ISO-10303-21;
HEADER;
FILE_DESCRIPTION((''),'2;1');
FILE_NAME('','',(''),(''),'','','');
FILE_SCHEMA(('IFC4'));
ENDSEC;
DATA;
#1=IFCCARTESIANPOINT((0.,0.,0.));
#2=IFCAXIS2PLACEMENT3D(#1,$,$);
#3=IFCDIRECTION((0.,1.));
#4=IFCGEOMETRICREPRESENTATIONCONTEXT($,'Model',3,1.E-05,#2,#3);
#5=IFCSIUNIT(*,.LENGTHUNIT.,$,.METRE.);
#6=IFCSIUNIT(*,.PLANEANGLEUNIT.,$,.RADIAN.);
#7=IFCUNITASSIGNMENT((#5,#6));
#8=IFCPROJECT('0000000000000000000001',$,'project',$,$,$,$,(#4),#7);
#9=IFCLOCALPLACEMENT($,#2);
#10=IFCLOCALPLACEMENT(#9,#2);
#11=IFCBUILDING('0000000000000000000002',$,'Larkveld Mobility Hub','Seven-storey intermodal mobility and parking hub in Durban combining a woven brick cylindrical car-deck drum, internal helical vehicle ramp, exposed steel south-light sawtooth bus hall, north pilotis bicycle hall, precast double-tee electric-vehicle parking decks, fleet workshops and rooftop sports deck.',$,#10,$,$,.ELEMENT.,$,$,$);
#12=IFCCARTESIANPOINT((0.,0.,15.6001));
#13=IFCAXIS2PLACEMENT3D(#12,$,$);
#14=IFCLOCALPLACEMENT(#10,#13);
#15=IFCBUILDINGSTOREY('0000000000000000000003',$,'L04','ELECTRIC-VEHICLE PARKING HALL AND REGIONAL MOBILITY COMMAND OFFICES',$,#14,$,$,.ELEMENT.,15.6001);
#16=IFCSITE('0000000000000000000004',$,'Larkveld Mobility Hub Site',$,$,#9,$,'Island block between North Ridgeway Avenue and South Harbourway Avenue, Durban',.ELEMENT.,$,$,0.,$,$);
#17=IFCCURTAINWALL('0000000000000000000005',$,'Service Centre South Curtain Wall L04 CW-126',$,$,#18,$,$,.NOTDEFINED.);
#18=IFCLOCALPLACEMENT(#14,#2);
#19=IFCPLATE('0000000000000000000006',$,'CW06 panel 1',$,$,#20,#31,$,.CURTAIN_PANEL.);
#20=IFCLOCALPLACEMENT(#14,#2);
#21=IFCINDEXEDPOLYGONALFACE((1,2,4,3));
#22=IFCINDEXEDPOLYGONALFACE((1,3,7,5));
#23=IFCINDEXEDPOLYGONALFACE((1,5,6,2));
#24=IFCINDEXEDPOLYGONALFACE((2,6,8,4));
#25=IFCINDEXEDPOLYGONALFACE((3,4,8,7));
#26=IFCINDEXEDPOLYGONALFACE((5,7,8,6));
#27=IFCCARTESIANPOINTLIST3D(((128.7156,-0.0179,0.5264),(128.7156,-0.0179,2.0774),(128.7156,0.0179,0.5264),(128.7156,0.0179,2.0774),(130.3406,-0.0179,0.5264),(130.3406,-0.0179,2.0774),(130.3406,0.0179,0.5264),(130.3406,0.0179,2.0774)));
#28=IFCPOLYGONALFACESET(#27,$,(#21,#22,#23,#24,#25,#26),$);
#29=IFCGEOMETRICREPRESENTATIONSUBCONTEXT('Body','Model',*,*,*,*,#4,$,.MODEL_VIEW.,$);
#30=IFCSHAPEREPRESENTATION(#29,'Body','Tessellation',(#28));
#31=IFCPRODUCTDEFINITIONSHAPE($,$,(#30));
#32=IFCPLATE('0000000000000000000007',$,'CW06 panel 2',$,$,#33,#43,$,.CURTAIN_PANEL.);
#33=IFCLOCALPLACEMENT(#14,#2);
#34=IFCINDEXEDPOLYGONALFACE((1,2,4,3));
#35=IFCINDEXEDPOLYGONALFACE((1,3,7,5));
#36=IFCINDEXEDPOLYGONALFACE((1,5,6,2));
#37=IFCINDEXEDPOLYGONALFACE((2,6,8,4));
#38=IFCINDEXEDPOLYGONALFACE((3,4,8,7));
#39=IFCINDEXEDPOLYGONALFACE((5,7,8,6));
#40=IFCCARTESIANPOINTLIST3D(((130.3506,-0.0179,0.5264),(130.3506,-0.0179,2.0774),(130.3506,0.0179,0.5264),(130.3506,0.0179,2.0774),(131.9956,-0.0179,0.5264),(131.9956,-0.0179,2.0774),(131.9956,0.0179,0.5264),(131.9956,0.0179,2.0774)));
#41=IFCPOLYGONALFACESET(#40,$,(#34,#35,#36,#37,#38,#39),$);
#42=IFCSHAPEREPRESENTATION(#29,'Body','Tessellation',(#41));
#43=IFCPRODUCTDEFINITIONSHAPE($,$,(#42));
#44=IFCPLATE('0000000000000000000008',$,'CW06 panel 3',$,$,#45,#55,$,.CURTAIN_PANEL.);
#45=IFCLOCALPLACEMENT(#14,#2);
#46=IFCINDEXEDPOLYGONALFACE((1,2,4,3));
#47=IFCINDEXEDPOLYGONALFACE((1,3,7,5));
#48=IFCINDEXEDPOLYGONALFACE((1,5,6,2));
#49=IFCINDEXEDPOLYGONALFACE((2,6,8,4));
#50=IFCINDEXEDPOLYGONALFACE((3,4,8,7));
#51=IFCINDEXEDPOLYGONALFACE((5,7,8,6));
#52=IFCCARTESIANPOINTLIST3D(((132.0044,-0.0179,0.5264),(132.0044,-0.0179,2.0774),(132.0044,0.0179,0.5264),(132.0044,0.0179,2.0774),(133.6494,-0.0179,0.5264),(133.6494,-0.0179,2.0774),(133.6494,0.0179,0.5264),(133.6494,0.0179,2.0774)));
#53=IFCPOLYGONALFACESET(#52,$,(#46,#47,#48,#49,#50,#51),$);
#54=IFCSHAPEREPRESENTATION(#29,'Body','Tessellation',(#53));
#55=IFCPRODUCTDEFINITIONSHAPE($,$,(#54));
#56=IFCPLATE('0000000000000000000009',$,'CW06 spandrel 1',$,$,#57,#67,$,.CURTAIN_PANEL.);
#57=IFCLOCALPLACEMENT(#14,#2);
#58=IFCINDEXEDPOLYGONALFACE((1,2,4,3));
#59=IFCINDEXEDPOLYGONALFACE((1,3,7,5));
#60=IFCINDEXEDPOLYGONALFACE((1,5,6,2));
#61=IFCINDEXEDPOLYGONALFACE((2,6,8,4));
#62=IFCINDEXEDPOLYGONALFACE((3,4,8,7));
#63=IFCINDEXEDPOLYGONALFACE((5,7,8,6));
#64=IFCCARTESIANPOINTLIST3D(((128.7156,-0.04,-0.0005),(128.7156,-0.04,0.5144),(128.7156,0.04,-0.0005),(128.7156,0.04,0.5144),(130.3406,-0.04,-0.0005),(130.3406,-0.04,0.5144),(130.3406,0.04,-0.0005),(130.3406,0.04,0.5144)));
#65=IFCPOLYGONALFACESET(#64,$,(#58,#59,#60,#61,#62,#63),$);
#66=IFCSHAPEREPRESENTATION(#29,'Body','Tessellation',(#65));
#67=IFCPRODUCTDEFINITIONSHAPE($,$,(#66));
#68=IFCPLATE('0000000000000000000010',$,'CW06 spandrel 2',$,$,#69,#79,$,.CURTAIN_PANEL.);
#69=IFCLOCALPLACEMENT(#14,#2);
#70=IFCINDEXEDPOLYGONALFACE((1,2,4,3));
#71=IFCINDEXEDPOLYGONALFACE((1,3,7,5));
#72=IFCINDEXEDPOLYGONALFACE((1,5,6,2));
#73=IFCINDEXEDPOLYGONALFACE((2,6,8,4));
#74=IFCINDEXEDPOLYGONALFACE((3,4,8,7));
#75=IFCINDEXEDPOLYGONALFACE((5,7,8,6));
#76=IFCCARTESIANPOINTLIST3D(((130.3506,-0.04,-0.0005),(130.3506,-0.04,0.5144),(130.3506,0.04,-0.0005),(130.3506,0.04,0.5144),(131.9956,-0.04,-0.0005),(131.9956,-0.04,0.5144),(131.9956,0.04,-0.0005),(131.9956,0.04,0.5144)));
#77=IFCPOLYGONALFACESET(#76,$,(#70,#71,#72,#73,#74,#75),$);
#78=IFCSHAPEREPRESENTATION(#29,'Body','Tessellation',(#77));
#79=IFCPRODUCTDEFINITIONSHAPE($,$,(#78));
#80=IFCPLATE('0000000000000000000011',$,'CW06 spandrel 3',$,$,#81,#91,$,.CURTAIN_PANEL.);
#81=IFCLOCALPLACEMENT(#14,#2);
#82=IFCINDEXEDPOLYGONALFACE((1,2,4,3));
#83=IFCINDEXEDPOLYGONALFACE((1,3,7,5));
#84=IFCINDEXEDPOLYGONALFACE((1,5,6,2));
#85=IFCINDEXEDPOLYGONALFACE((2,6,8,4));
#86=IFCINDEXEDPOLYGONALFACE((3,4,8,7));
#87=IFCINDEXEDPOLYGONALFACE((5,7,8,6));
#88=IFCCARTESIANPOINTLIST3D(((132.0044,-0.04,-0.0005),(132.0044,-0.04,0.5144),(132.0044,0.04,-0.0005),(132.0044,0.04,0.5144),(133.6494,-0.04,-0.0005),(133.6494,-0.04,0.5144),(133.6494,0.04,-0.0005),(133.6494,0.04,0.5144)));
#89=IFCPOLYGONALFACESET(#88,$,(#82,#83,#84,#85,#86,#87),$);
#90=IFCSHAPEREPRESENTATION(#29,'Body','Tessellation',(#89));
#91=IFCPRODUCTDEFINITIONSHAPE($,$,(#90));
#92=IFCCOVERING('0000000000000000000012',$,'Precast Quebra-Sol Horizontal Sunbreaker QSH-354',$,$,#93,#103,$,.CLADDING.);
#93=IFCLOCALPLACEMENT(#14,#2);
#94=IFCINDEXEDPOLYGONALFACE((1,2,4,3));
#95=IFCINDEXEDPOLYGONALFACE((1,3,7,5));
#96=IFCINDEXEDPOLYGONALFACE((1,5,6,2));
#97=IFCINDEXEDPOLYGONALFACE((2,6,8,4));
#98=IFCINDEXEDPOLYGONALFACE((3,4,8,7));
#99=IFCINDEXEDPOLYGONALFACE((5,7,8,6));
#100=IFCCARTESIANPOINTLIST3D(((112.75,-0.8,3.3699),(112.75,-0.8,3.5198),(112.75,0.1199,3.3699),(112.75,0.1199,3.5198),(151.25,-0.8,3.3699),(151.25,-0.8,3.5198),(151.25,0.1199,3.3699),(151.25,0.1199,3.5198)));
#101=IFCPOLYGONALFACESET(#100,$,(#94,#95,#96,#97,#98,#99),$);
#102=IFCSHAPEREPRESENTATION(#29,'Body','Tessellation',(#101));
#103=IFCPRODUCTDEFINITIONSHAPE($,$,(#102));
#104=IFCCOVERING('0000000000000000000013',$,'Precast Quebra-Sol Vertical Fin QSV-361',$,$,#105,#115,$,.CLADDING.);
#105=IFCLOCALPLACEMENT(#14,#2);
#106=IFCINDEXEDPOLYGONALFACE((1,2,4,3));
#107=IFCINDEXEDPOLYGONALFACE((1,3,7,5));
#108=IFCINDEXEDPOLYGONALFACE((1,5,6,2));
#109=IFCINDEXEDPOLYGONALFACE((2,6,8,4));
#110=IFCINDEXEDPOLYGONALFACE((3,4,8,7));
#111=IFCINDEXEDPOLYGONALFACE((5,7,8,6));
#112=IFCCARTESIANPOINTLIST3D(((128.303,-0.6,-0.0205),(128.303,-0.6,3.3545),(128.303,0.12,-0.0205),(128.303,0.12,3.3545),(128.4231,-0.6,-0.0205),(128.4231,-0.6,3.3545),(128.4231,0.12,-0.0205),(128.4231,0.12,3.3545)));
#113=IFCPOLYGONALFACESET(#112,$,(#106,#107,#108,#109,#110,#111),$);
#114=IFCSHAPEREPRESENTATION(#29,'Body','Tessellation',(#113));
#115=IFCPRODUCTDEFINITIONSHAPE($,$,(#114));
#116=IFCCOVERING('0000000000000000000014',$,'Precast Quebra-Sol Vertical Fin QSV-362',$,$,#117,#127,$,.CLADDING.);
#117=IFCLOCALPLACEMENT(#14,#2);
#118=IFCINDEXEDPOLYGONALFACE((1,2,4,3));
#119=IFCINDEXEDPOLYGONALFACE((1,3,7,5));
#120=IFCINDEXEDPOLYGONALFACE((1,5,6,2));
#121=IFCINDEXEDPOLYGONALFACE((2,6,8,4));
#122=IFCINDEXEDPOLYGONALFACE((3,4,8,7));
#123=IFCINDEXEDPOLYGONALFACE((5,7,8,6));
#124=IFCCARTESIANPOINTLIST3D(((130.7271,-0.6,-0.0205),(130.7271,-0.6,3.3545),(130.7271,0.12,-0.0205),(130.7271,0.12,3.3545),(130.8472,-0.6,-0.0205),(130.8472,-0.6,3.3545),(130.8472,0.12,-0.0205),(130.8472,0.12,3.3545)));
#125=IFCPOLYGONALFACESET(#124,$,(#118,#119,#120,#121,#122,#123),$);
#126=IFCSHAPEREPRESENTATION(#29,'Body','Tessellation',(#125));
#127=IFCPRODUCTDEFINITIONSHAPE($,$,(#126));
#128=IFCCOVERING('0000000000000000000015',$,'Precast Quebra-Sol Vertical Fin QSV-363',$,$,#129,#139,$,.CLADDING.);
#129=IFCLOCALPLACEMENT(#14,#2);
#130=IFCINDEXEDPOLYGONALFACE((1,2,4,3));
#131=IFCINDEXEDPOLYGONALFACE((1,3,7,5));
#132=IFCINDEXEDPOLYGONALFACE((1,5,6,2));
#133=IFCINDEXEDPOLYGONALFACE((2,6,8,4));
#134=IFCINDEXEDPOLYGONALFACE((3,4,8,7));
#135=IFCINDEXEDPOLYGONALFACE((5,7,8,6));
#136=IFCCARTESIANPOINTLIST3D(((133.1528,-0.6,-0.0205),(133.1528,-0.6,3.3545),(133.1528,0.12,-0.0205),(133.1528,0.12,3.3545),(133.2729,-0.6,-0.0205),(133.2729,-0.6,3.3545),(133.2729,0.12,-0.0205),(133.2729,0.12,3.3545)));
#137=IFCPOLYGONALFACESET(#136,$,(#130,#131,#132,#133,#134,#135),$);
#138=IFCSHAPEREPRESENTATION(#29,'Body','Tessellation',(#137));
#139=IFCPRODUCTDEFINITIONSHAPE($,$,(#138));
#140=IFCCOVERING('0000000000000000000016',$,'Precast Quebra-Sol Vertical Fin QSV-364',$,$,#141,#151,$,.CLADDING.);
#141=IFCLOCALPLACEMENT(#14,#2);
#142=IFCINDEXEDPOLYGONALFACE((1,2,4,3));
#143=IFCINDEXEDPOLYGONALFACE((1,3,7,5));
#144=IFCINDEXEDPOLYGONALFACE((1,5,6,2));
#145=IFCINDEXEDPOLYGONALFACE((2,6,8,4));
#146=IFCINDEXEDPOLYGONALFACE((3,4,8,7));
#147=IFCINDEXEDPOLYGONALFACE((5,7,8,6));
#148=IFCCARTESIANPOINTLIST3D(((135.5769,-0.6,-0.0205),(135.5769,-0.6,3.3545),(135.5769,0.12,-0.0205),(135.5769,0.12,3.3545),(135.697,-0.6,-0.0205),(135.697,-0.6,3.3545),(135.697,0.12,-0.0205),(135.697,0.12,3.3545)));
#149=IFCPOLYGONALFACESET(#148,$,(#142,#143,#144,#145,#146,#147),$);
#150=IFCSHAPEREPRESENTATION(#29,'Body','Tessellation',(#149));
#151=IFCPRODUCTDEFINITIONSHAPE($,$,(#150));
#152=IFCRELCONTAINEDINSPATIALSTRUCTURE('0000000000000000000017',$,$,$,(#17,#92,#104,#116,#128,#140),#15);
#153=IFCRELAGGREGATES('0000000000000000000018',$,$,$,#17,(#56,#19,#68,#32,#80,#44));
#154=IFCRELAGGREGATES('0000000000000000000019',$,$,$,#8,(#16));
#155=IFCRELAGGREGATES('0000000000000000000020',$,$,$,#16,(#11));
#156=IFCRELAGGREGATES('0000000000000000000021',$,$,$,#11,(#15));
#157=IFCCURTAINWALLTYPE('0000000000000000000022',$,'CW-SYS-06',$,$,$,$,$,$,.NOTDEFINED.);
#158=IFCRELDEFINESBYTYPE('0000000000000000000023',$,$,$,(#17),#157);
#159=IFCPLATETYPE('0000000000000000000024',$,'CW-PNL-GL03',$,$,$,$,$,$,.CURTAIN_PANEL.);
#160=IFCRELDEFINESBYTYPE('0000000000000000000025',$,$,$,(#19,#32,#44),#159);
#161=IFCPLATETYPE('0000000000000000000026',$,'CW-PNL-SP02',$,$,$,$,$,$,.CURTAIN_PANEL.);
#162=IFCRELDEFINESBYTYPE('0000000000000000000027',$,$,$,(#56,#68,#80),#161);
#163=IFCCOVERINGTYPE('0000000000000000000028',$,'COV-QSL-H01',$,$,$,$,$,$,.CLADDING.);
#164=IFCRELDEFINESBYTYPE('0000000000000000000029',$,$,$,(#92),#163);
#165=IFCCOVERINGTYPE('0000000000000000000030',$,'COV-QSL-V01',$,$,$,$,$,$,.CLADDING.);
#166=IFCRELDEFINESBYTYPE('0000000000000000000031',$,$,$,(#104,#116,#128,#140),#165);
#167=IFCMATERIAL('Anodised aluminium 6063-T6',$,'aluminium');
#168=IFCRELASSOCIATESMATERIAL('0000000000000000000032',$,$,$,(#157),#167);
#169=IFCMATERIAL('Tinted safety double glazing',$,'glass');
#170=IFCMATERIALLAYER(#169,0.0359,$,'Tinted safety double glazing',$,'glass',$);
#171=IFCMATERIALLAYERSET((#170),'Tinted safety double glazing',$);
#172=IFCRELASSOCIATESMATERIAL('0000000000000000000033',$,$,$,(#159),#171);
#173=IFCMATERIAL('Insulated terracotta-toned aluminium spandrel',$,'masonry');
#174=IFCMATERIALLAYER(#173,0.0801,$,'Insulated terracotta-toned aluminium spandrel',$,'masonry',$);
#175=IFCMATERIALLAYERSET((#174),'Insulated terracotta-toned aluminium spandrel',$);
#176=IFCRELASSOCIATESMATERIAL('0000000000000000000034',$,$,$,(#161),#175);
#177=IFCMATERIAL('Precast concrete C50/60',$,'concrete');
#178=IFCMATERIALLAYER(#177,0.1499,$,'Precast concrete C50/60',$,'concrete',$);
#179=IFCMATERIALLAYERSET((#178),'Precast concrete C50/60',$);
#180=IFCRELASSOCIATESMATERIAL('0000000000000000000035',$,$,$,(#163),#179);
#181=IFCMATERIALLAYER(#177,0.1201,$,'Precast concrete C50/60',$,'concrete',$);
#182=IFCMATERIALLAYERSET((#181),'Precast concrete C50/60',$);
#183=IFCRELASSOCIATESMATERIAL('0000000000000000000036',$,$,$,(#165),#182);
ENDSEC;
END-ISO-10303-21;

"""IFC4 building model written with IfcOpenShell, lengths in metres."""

from ifc_helpers import new_model, si_unit, direction, frame, origin, origin_2d, place, context, subcontext, project, spatial, rectangle, extrude, material, layer, layer_set, type_object, element, aggregate, save


model = new_model("IFC4")

# Units and contexts
model_context = context("Model", 3, precision=1e-05, world=origin(), true_north=direction((0.0, 1.0)))
body_context = subcontext(model_context, "Body", "Model", "MODEL_VIEW")
ifc_project = project(units=[si_unit("LENGTHUNIT", "METRE"), si_unit("PLANEANGLEUNIT", "RADIAN")], contexts=[model_context])

# Site, building, storey
site_placement = place(None, origin())
site = spatial("IfcSite", under=ifc_project, at=site_placement, Name="Larkveld Mobility Hub Site", LongName="Island block between North Ridgeway Avenue and South Harbourway Avenue, Durban", CompositionType="ELEMENT", RefElevation=0.0)
building_placement = place(site_placement, origin())
building = spatial("IfcBuilding", under=site, at=building_placement, Name="Larkveld Mobility Hub", Description="Seven-storey intermodal mobility and parking hub in Durban combining a woven brick cylindrical car-deck drum, internal helical vehicle ramp, exposed steel south-light sawtooth bus hall, north pilotis bicycle hall, precast double-tee electric-vehicle parking decks, fleet workshops and rooftop sports deck.", CompositionType="ELEMENT")
storey_placement = place(building_placement, frame((0.0, 0.0, 15.6001)))
storey = spatial("IfcBuildingStorey", under=building, at=storey_placement, Name="L04", Description="ELECTRIC-VEHICLE PARKING HALL AND REGIONAL MOBILITY COMMAND OFFICES", CompositionType="ELEMENT", Elevation=15.6001)

# Shared definitions
ifc_material_1 = material(Name="Precast concrete C50/60", Category="concrete")

# Curtain wall, plates
ifc_material_2 = material(Name="Anodised aluminium 6063-T6", Category="aluminium")
curtain_wall_type = type_object("IfcCurtainWallType", Name="CW-SYS-06", PredefinedType="NOTDEFINED", material=ifc_material_2)
curtain_wall_placement = place(storey_placement, origin())
curtain_wall = element("IfcCurtainWall", 1, at=curtain_wall_placement, inside=storey, type_object=curtain_wall_type, Name="Service Centre South Curtain Wall L04 CW-126", PredefinedType="NOTDEFINED")
ifc_material_3 = material(Name="Tinted safety double glazing", Category="glass")
ifc_layer_1 = layer(ifc_material_3, 0.0359, Name="Tinted safety double glazing", Category="glass")
ifc_layer_set_1 = layer_set([ifc_layer_1], Name="Tinted safety double glazing")
plate_type_1 = type_object("IfcPlateType", Name="CW-PNL-GL03", PredefinedType="CURTAIN_PANEL", material=ifc_layer_set_1)
plate_1_placement = place(storey_placement, frame((129.5281, 0.0, 0.5264), z_axis=(0.0, 0.0, 1.0), x_axis=(1.0, 0.0, 0.0)))
plate_1 = element("IfcPlate", 2, at=plate_1_placement, type_object=plate_type_1, Name="CW06 panel 1", PredefinedType="CURTAIN_PANEL", context=body_context, shape_type="SweptSolid", body=[
    extrude(rectangle(XDim=1.625, YDim=0.0359, at=origin_2d()), origin(), (0.0, 0.0, 1.0), 1.551),
])
plate_2_placement = place(storey_placement, frame((131.1731, 0.0, 0.5264), z_axis=(0.0, 0.0, 1.0), x_axis=(1.0, 0.0, 0.0)))
plate_2 = element("IfcPlate", 3, at=plate_2_placement, type_object=plate_type_1, Name="CW06 panel 2", PredefinedType="CURTAIN_PANEL", context=body_context, shape_type="SweptSolid", body=[
    extrude(rectangle(XDim=1.645, YDim=0.0359, at=origin_2d()), origin(), (0.0, 0.0, 1.0), 1.551),
])
plate_3_placement = place(storey_placement, frame((132.8269, 0.0, 0.5264), z_axis=(0.0, 0.0, 1.0), x_axis=(1.0, 0.0, 0.0)))
plate_3 = element("IfcPlate", 4, at=plate_3_placement, type_object=plate_type_1, Name="CW06 panel 3", PredefinedType="CURTAIN_PANEL", context=body_context, shape_type="SweptSolid", body=[
    extrude(rectangle(XDim=1.645, YDim=0.0359, at=origin_2d()), origin(), (0.0, 0.0, 1.0), 1.551),
])
ifc_material_4 = material(Name="Insulated terracotta-toned aluminium spandrel", Category="masonry")
ifc_layer_2 = layer(ifc_material_4, 0.0801, Name="Insulated terracotta-toned aluminium spandrel", Category="masonry")
ifc_layer_set_2 = layer_set([ifc_layer_2], Name="Insulated terracotta-toned aluminium spandrel")
plate_type_2 = type_object("IfcPlateType", Name="CW-PNL-SP02", PredefinedType="CURTAIN_PANEL", material=ifc_layer_set_2)
plate_4_placement = place(storey_placement, frame((129.5281, 0.0, -0.0005), z_axis=(0.0, 0.0, 1.0), x_axis=(1.0, 0.0, 0.0)))
plate_4 = element("IfcPlate", 5, at=plate_4_placement, type_object=plate_type_2, Name="CW06 spandrel 1", PredefinedType="CURTAIN_PANEL", context=body_context, shape_type="SweptSolid", body=[
    extrude(rectangle(XDim=1.625, YDim=0.0801, at=origin_2d()), origin(), (0.0, 0.0, 1.0), 0.5149),
])
plate_5_placement = place(storey_placement, frame((131.1731, 0.0, -0.0005), z_axis=(0.0, 0.0, 1.0), x_axis=(1.0, 0.0, 0.0)))
plate_5 = element("IfcPlate", 6, at=plate_5_placement, type_object=plate_type_2, Name="CW06 spandrel 2", PredefinedType="CURTAIN_PANEL", context=body_context, shape_type="SweptSolid", body=[
    extrude(rectangle(XDim=1.645, YDim=0.0801, at=origin_2d()), origin(), (0.0, 0.0, 1.0), 0.5149),
])
plate_6_placement = place(storey_placement, frame((132.8269, 0.0, -0.0005), z_axis=(0.0, 0.0, 1.0), x_axis=(1.0, 0.0, 0.0)))
plate_6 = element("IfcPlate", 7, at=plate_6_placement, type_object=plate_type_2, Name="CW06 spandrel 3", PredefinedType="CURTAIN_PANEL", context=body_context, shape_type="SweptSolid", body=[
    extrude(rectangle(XDim=1.645, YDim=0.0801, at=origin_2d()), origin(), (0.0, 0.0, 1.0), 0.5149),
])
aggregate(curtain_wall, [plate_4, plate_1, plate_5, plate_2, plate_6, plate_3])

# Coverings
ifc_layer_3 = layer(ifc_material_1, 0.1499, Name="Precast concrete C50/60", Category="concrete")
ifc_layer_set_3 = layer_set([ifc_layer_3], Name="Precast concrete C50/60")
covering_type_1 = type_object("IfcCoveringType", Name="COV-QSL-H01", PredefinedType="CLADDING", material=ifc_layer_set_3)
covering_placement = place(storey_placement, frame((132.0, -0.3401, 3.3699), z_axis=(0.0, 0.0, 1.0), x_axis=(1.0, 0.0, 0.0)))
element("IfcCovering", 8, at=covering_placement, inside=storey, type_object=covering_type_1, Name="Precast Quebra-Sol Horizontal Sunbreaker QSH-354", PredefinedType="CLADDING", context=body_context, shape_type="SweptSolid", body=[
    extrude(rectangle(XDim=38.5, YDim=0.9199, at=origin_2d()), origin(), (0.0, 0.0, 1.0), 0.1499),
])
ifc_layer_4 = layer(ifc_material_1, 0.1201, Name="Precast concrete C50/60", Category="concrete")
ifc_layer_set_4 = layer_set([ifc_layer_4], Name="Precast concrete C50/60")
covering_type_2 = type_object("IfcCoveringType", Name="COV-QSL-V01", PredefinedType="CLADDING", material=ifc_layer_set_4)
for number, where, z_axis, x_axis, name in (
    (9, (128.363, -0.24, -0.0205), (0.0, 0.0, 1.0), (1.0, 0.0, 0.0), "Precast Quebra-Sol Vertical Fin QSV-361"),
    (10, (130.7871, -0.24, -0.0205), (0.0, 0.0, 1.0), (1.0, 0.0, 0.0), "Precast Quebra-Sol Vertical Fin QSV-362"),
    (11, (133.2129, -0.24, -0.0205), (0.0, 0.0, 1.0), (1.0, 0.0, 0.0), "Precast Quebra-Sol Vertical Fin QSV-363"),
    (12, (135.637, -0.24, -0.0205), (0.0, 0.0, 1.0), (1.0, 0.0, 0.0), "Precast Quebra-Sol Vertical Fin QSV-364"),
):
    element("IfcCovering", number, at=place(storey_placement, frame(where, z_axis=z_axis, x_axis=x_axis)), inside=storey, type_object=covering_type_2, Name=name, PredefinedType="CLADDING", context=body_context, shape_type="SweptSolid", body=[
        extrude(rectangle(XDim=0.1201, YDim=0.72, at=origin_2d()), origin(), (0.0, 0.0, 1.0), 3.375),
    ])

save(model, "model.ifc")
